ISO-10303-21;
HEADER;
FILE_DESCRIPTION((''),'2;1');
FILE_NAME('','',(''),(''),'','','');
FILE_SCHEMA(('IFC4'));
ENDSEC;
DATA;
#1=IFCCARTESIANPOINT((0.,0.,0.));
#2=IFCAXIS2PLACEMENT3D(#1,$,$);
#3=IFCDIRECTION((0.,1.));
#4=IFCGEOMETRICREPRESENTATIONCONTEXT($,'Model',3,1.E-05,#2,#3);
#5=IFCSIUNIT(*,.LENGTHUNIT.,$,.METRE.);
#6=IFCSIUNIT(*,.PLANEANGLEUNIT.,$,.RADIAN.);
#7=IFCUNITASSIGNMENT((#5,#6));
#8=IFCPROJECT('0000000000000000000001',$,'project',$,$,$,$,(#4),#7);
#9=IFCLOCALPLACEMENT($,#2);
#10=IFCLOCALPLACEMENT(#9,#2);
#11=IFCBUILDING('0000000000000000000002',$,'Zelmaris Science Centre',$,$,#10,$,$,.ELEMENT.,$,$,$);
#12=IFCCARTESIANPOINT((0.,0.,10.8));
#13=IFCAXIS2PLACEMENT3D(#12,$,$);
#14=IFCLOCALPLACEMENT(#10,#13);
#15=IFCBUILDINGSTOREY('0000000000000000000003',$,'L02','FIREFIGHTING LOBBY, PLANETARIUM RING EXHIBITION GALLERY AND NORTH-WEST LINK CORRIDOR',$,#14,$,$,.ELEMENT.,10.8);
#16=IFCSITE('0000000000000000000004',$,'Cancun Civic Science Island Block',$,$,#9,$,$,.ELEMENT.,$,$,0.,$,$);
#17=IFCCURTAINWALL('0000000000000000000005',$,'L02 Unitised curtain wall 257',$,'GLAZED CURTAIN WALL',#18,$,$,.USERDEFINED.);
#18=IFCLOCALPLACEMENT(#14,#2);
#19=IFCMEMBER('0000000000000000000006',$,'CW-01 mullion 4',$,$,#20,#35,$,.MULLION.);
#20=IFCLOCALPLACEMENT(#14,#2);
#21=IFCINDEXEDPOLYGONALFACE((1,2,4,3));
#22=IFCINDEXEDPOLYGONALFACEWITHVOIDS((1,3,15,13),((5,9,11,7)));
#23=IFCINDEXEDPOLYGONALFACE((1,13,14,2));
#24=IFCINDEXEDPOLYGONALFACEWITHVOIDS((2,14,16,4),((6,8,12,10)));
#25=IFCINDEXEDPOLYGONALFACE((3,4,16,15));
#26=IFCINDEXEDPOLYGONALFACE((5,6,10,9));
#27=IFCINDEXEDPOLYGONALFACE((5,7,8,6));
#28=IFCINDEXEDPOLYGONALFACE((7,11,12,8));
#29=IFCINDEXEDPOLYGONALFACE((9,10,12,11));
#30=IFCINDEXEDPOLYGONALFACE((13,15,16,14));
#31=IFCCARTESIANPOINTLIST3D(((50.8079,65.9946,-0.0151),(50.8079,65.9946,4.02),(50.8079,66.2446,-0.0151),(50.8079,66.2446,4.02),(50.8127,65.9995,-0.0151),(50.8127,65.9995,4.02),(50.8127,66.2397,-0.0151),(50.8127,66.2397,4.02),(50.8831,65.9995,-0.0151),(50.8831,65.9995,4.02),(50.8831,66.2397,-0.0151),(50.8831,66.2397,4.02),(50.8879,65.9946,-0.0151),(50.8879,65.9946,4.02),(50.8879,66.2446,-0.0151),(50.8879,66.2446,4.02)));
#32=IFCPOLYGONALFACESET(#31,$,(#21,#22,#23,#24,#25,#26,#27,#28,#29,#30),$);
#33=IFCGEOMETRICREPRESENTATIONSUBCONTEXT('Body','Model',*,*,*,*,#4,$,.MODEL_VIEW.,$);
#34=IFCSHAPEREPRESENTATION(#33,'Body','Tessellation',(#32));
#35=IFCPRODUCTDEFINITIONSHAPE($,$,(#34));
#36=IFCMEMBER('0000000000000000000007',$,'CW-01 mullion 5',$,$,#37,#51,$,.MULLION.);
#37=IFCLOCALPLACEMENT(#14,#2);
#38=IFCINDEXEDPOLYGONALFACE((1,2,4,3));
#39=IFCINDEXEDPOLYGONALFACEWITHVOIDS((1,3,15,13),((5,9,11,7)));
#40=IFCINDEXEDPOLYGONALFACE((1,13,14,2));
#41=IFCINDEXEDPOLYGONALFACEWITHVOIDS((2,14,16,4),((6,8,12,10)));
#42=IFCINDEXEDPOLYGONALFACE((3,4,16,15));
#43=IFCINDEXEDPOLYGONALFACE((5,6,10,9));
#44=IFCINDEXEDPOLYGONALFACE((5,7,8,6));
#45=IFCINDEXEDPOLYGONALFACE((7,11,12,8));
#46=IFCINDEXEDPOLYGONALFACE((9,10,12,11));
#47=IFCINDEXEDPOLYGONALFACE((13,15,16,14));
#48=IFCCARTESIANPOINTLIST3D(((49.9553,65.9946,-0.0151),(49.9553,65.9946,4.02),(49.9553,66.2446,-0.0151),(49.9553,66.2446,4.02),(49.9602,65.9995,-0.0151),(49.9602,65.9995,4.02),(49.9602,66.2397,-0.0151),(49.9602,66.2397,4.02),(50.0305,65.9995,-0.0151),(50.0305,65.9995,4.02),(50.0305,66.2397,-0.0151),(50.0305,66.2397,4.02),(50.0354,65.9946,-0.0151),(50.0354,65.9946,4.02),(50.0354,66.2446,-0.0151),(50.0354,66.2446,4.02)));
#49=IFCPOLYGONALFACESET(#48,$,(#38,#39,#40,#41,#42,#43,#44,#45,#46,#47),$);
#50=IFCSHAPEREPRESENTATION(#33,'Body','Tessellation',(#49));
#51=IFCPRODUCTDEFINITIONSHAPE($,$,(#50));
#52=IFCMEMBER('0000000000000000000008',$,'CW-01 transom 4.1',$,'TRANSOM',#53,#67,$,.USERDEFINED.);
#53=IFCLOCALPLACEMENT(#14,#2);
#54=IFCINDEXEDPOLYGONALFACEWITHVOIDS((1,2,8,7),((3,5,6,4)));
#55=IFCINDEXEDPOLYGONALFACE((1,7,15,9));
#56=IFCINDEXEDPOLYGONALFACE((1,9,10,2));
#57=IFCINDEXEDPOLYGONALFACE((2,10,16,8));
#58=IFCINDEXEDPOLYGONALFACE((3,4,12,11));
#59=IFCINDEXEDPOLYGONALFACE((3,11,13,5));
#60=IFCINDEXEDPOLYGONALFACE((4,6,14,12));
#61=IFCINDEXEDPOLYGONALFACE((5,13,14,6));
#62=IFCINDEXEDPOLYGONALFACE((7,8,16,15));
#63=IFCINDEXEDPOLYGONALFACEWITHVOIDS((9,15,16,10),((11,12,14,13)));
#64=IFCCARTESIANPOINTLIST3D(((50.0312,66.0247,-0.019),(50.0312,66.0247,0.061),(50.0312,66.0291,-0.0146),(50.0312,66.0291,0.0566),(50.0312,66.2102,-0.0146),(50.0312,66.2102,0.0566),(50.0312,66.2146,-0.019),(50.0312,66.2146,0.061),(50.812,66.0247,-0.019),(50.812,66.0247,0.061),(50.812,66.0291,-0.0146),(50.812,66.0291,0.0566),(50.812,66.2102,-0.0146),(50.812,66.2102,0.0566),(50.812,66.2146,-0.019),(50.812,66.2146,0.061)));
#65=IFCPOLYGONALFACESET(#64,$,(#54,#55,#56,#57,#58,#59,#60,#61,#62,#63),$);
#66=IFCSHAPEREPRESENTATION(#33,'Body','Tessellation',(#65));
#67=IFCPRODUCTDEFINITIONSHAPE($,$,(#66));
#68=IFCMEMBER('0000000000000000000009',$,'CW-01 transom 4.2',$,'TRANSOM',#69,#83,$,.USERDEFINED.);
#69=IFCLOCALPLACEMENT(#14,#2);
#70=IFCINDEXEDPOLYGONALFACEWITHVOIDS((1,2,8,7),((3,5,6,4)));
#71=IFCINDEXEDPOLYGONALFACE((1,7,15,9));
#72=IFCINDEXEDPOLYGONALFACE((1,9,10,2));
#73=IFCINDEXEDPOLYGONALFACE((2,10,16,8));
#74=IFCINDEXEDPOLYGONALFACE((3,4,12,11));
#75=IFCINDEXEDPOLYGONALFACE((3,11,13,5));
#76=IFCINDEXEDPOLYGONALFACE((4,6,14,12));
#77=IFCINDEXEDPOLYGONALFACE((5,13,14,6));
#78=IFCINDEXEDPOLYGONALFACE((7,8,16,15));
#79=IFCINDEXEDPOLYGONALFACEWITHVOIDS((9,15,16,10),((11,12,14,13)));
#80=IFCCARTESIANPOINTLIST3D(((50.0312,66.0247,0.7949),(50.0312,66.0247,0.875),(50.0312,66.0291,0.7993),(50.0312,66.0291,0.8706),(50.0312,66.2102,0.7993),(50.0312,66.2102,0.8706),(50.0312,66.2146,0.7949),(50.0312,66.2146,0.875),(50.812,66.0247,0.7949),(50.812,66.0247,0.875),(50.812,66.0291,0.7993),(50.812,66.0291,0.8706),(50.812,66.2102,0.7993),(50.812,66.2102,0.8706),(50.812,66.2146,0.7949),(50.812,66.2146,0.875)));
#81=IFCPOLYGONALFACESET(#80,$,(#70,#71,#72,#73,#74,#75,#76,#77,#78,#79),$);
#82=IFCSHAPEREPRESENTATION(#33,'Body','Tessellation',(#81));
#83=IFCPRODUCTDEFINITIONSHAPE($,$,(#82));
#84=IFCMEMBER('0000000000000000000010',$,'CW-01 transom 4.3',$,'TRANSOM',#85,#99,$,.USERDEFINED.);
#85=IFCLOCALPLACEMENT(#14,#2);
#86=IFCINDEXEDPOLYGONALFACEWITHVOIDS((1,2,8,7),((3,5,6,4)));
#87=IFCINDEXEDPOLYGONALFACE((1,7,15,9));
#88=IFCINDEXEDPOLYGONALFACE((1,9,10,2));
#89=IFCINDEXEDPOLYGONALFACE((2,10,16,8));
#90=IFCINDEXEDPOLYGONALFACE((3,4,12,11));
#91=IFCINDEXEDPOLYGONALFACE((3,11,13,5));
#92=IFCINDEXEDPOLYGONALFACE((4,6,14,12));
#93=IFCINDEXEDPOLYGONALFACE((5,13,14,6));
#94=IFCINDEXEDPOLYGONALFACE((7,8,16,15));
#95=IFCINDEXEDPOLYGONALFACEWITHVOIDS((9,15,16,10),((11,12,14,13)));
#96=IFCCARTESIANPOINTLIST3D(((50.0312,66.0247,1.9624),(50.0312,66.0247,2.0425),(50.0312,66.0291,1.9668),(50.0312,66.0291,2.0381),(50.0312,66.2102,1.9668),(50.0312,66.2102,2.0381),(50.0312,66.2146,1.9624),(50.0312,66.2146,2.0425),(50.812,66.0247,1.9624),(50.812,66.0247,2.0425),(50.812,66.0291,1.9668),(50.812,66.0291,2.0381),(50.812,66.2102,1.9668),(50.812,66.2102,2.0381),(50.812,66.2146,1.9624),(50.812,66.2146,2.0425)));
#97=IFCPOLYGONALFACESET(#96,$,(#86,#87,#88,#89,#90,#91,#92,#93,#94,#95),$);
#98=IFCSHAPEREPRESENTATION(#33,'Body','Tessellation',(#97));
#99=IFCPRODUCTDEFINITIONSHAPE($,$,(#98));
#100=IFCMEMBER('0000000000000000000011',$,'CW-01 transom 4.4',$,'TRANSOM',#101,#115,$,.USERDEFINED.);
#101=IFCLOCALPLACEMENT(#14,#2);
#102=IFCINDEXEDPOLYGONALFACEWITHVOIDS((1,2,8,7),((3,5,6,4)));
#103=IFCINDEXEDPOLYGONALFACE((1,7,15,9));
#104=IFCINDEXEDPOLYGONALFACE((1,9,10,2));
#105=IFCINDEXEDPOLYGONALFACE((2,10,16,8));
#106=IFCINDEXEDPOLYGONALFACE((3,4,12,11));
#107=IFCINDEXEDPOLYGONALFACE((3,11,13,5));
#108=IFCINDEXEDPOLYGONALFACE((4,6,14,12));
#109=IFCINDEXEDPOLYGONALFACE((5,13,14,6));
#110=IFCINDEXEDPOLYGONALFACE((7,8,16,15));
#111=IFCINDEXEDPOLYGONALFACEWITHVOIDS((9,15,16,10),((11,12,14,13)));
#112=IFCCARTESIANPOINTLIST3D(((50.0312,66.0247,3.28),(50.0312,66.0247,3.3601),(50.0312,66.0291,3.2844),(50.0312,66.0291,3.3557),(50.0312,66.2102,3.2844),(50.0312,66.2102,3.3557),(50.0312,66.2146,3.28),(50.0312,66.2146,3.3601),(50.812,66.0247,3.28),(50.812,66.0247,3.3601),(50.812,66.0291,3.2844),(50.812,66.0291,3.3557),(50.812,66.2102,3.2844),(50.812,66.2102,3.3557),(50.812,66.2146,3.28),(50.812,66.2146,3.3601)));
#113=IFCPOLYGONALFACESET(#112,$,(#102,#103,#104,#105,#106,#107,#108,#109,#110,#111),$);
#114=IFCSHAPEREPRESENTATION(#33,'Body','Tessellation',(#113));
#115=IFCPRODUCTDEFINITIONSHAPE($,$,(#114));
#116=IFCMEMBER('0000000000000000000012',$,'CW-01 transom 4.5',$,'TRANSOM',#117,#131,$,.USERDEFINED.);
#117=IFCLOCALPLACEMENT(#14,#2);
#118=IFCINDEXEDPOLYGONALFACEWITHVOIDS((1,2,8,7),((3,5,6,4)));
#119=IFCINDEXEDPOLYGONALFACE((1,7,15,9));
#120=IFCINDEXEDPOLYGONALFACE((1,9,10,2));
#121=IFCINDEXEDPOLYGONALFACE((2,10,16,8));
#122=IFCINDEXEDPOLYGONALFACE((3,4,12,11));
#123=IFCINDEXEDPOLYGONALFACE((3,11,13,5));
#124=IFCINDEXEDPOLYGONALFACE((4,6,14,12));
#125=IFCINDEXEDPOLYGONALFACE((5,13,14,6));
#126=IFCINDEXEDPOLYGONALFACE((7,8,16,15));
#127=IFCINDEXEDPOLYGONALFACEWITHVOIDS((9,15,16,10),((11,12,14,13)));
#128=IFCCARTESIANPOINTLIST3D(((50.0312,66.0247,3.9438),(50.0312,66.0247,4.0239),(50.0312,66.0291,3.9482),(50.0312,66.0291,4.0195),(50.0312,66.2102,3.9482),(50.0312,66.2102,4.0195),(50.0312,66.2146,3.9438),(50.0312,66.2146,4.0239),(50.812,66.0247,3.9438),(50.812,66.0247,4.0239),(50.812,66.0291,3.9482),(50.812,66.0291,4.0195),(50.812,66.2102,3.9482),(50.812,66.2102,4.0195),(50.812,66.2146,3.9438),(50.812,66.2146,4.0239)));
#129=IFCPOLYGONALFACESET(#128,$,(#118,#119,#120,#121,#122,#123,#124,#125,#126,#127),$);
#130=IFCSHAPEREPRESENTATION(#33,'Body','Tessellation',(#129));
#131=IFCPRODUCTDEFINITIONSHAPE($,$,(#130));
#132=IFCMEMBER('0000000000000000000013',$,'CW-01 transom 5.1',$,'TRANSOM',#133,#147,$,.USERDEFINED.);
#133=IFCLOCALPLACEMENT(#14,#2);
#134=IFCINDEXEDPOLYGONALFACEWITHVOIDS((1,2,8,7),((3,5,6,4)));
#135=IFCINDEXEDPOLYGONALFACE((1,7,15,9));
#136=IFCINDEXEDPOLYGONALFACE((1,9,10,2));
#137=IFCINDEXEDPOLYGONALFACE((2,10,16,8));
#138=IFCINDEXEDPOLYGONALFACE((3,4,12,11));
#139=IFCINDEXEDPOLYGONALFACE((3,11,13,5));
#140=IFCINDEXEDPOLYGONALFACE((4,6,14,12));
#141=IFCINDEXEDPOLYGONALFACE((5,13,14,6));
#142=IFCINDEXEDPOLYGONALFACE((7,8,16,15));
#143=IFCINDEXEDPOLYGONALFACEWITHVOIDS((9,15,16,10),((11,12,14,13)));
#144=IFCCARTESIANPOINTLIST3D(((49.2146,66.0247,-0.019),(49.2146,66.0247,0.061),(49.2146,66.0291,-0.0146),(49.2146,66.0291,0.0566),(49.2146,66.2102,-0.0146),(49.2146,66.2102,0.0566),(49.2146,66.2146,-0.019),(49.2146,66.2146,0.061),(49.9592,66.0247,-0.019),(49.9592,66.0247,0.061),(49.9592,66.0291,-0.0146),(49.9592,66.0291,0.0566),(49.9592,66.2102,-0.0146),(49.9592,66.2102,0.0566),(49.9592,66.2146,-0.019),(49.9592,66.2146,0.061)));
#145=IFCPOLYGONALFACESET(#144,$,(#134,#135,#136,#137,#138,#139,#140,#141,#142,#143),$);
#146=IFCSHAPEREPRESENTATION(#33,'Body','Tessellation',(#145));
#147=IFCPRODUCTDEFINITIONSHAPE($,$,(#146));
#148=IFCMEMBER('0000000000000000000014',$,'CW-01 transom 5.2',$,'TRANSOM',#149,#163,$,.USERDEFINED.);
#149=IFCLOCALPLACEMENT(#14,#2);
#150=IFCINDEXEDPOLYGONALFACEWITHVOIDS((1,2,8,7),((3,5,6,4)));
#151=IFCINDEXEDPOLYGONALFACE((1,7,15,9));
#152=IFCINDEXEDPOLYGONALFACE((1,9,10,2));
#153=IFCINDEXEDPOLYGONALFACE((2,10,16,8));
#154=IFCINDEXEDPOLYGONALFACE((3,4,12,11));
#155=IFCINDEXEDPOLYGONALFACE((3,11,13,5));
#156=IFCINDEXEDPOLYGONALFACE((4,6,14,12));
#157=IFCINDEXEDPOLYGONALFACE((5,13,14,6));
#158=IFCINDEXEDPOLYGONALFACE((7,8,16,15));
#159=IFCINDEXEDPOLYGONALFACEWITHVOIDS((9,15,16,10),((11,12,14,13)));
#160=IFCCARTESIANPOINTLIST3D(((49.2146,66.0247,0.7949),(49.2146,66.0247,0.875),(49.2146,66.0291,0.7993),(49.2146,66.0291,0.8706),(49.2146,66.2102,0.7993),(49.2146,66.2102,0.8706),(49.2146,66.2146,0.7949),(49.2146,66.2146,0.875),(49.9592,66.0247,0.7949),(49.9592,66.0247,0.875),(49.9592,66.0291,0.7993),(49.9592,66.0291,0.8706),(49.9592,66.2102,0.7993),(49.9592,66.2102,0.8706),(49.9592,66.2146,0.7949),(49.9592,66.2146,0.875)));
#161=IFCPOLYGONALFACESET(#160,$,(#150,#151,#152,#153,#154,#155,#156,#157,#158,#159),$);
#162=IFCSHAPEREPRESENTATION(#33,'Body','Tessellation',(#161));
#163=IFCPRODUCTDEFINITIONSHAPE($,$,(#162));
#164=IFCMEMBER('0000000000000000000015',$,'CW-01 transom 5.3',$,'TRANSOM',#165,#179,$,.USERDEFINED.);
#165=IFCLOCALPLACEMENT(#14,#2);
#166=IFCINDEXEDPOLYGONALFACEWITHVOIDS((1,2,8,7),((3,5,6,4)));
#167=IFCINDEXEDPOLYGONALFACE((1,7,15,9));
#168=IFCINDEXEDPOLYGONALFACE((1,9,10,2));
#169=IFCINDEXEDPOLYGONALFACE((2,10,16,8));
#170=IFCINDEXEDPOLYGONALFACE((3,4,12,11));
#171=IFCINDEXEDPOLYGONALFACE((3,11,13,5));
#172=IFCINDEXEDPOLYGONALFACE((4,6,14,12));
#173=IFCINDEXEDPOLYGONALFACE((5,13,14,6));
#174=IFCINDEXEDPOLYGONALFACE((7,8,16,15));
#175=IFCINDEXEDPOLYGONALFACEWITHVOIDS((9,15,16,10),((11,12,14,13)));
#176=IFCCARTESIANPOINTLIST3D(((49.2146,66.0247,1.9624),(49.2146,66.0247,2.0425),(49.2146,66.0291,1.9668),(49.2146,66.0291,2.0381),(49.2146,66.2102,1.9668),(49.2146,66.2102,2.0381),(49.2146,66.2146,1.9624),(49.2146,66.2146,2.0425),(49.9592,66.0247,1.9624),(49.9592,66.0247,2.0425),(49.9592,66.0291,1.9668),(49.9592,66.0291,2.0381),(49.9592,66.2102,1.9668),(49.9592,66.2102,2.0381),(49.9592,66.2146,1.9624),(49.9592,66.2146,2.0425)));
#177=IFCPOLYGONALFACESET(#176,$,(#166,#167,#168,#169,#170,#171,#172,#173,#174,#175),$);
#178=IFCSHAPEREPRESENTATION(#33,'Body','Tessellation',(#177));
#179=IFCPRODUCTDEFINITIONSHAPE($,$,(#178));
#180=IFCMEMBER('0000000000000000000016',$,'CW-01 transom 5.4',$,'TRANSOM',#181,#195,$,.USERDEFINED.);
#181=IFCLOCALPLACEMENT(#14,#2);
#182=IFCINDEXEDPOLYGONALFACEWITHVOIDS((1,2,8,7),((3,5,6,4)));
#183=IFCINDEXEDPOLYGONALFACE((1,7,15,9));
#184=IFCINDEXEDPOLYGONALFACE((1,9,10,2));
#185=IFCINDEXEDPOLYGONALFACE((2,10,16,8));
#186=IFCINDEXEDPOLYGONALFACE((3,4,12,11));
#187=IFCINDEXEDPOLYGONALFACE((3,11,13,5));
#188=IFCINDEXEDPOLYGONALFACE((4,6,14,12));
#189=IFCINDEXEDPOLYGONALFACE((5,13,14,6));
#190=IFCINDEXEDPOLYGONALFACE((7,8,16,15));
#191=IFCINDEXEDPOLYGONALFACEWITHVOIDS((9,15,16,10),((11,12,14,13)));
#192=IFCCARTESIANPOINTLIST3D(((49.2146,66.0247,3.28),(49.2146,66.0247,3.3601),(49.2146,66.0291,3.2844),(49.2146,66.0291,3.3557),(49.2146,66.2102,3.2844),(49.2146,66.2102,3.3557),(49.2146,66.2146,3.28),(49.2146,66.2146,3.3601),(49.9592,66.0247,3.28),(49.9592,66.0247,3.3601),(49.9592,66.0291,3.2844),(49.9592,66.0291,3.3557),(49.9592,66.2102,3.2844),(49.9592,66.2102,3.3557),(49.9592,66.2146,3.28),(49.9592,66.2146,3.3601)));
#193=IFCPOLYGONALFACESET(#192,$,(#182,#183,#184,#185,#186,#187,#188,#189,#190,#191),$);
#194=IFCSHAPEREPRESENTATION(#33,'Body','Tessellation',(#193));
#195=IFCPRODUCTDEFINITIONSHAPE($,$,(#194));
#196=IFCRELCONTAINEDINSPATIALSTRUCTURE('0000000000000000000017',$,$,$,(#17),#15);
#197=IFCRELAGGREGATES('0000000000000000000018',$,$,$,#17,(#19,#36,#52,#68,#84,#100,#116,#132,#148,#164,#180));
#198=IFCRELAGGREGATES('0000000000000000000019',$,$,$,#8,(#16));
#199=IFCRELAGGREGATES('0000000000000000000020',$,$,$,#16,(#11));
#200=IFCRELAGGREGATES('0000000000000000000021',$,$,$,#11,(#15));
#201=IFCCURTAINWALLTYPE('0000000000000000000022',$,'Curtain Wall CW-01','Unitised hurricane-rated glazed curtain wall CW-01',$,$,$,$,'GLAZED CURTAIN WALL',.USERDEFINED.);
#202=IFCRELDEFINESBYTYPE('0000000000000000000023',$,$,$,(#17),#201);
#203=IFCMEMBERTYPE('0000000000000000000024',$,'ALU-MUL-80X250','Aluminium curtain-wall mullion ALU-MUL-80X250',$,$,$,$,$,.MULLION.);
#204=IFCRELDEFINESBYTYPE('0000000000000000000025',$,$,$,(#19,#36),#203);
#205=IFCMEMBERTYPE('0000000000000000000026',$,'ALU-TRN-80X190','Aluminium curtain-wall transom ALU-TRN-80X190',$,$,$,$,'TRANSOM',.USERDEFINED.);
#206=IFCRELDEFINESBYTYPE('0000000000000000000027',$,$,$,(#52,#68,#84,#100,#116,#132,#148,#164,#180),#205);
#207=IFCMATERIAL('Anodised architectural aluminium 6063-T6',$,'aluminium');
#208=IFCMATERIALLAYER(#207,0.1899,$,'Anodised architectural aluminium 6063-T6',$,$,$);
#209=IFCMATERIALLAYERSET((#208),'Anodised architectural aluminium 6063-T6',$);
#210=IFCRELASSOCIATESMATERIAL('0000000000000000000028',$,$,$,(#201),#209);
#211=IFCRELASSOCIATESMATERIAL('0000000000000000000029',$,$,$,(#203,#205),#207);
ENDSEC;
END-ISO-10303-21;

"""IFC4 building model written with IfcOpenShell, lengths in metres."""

from ifc_helpers import new_model, si_unit, direction, frame, origin, origin_2d, place, context, subcontext, project, spatial, hollow_rectangle, extrude, material, layer, layer_set, material_profile, profile_set, type_object, element, aggregate, save


model = new_model("IFC4")

# Units and contexts
model_context = context("Model", 3, precision=1e-05, world=origin(), true_north=direction((0.0, 1.0)))
body_context = subcontext(model_context, "Body", "Model", "MODEL_VIEW")
ifc_project = project(units=[si_unit("LENGTHUNIT", "METRE"), si_unit("PLANEANGLEUNIT", "RADIAN")], contexts=[model_context])

# Site, building, storey
site_placement = place(None, origin())
site = spatial("IfcSite", under=ifc_project, at=site_placement, Name="Cancun Civic Science Island Block", CompositionType="ELEMENT", RefElevation=0.0)
building_placement = place(site_placement, origin())
building = spatial("IfcBuilding", under=site, at=building_placement, Name="Zelmaris Science Centre", CompositionType="ELEMENT")
storey_placement = place(building_placement, frame((0.0, 0.0, 10.8)))
storey = spatial("IfcBuildingStorey", under=building, at=storey_placement, Name="L02", Description="FIREFIGHTING LOBBY, PLANETARIUM RING EXHIBITION GALLERY AND NORTH-WEST LINK CORRIDOR", CompositionType="ELEMENT", Elevation=10.8)

# Curtain wall, members
ifc_material_1 = material(Name="Anodised architectural aluminium 6063-T6", Category="aluminium")
ifc_layer_1 = layer(ifc_material_1, 0.1899, Name="Anodised architectural aluminium 6063-T6")
ifc_layer_set_1 = layer_set([ifc_layer_1], Name="Anodised architectural aluminium 6063-T6")
curtain_wall_type = type_object("IfcCurtainWallType", Name="Curtain Wall CW-01", Description="Unitised hurricane-rated glazed curtain wall CW-01", ElementType="GLAZED CURTAIN WALL", PredefinedType="USERDEFINED", material=ifc_layer_set_1)
curtain_wall_placement = place(storey_placement, origin())
curtain_wall = element("IfcCurtainWall", 1, at=curtain_wall_placement, inside=storey, type_object=curtain_wall_type, Name="L02 Unitised curtain wall 257", ObjectType="GLAZED CURTAIN WALL", PredefinedType="USERDEFINED")
ifc_material_profile_1 = material_profile(ifc_material_1, hollow_rectangle(XDim=0.0801, YDim=0.25, WallThickness=0.0049, at=origin_2d()), Name="ALU-MUL-80X250")
ifc_profile_set_1 = profile_set([ifc_material_profile_1], Name="Anodised architectural aluminium 6063-T6")
member_type_1 = type_object("IfcMemberType", Name="ALU-MUL-80X250", Description="Aluminium curtain-wall mullion ALU-MUL-80X250", PredefinedType="MULLION", material=ifc_profile_set_1)
member_1_placement = place(storey_placement, frame((50.8479, 66.1196, -0.0151), z_axis=(0.0, 0.0, 1.0), x_axis=(-1.0, 0.0, 0.0)))
member_1 = element("IfcMember", 2, at=member_1_placement, type_object=member_type_1, Name="CW-01 mullion 4", PredefinedType="MULLION", context=body_context, shape_type="SweptSolid", body=[
    extrude(hollow_rectangle(XDim=0.0801, YDim=0.25, WallThickness=0.0049, at=origin_2d()), origin(), (0.0, 0.0, 1.0), 4.0352),
])
member_2_placement = place(storey_placement, frame((49.9954, 66.1196, -0.0151), z_axis=(0.0, 0.0, 1.0), x_axis=(-1.0, 0.0, 0.0)))
member_2 = element("IfcMember", 3, at=member_2_placement, type_object=member_type_1, Name="CW-01 mullion 5", PredefinedType="MULLION", context=body_context, shape_type="SweptSolid", body=[
    extrude(hollow_rectangle(XDim=0.0801, YDim=0.25, WallThickness=0.0049, at=origin_2d()), origin(), (0.0, 0.0, 1.0), 4.0352),
])
ifc_material_profile_2 = material_profile(ifc_material_1, hollow_rectangle(XDim=0.0801, YDim=0.1899, WallThickness=0.0044, at=origin_2d()), Name="ALU-TRN-80X190")
ifc_profile_set_2 = profile_set([ifc_material_profile_2], Name="Anodised architectural aluminium 6063-T6")
member_type_2 = type_object("IfcMemberType", Name="ALU-TRN-80X190", Description="Aluminium curtain-wall transom ALU-TRN-80X190", ElementType="TRANSOM", PredefinedType="USERDEFINED", material=ifc_profile_set_2)
member_3_placement = place(storey_placement, frame((50.812, 66.1196, 0.021), z_axis=(-1.0, 0.0, 0.0), x_axis=(0.0, 0.0, 1.0)))
member_3 = element("IfcMember", 4, at=member_3_placement, type_object=member_type_2, Name="CW-01 transom 4.1", ObjectType="TRANSOM", PredefinedType="USERDEFINED", context=body_context, shape_type="SweptSolid", body=[
    extrude(hollow_rectangle(XDim=0.0801, YDim=0.1899, WallThickness=0.0044, at=origin_2d()), origin(), (0.0, 0.0, 1.0), 0.7808),
])
member_4_placement = place(storey_placement, frame((50.812, 66.1196, 0.835), z_axis=(-1.0, 0.0, 0.0), x_axis=(0.0, 0.0, 1.0)))
member_4 = element("IfcMember", 5, at=member_4_placement, type_object=member_type_2, Name="CW-01 transom 4.2", ObjectType="TRANSOM", PredefinedType="USERDEFINED", context=body_context, shape_type="SweptSolid", body=[
    extrude(hollow_rectangle(XDim=0.0801, YDim=0.1899, WallThickness=0.0044, at=origin_2d()), origin(), (0.0, 0.0, 1.0), 0.7808),
])
member_5_placement = place(storey_placement, frame((50.812, 66.1196, 2.0024), z_axis=(-1.0, 0.0, 0.0), x_axis=(0.0, 0.0, 1.0)))
member_5 = element("IfcMember", 6, at=member_5_placement, type_object=member_type_2, Name="CW-01 transom 4.3", ObjectType="TRANSOM", PredefinedType="USERDEFINED", context=body_context, shape_type="SweptSolid", body=[
    extrude(hollow_rectangle(XDim=0.0801, YDim=0.1899, WallThickness=0.0044, at=origin_2d()), origin(), (0.0, 0.0, 1.0), 0.7808),
])
member_6_placement = place(storey_placement, frame((50.812, 66.1196, 3.3201), z_axis=(-1.0, 0.0, 0.0), x_axis=(0.0, 0.0, 1.0)))
member_6 = element("IfcMember", 7, at=member_6_placement, type_object=member_type_2, Name="CW-01 transom 4.4", ObjectType="TRANSOM", PredefinedType="USERDEFINED", context=body_context, shape_type="SweptSolid", body=[
    extrude(hollow_rectangle(XDim=0.0801, YDim=0.1899, WallThickness=0.0044, at=origin_2d()), origin(), (0.0, 0.0, 1.0), 0.7808),
])
member_7_placement = place(storey_placement, frame((50.812, 66.1196, 3.9839), z_axis=(-1.0, 0.0, 0.0), x_axis=(0.0, 0.0, 1.0)))
member_7 = element("IfcMember", 8, at=member_7_placement, type_object=member_type_2, Name="CW-01 transom 4.5", ObjectType="TRANSOM", PredefinedType="USERDEFINED", context=body_context, shape_type="SweptSolid", body=[
    extrude(hollow_rectangle(XDim=0.0801, YDim=0.1899, WallThickness=0.0044, at=origin_2d()), origin(), (0.0, 0.0, 1.0), 0.7808),
])
member_8_placement = place(storey_placement, frame((49.9592, 66.1196, 0.021), z_axis=(-1.0, 0.0, 0.0), x_axis=(0.0, 0.0, 1.0)))
member_8 = element("IfcMember", 9, at=member_8_placement, type_object=member_type_2, Name="CW-01 transom 5.1", ObjectType="TRANSOM", PredefinedType="USERDEFINED", context=body_context, shape_type="SweptSolid", body=[
    extrude(hollow_rectangle(XDim=0.0801, YDim=0.1899, WallThickness=0.0044, at=origin_2d()), origin(), (0.0, 0.0, 1.0), 0.7446),
])
member_9_placement = place(storey_placement, frame((49.9592, 66.1196, 0.835), z_axis=(-1.0, 0.0, 0.0), x_axis=(0.0, 0.0, 1.0)))
member_9 = element("IfcMember", 10, at=member_9_placement, type_object=member_type_2, Name="CW-01 transom 5.2", ObjectType="TRANSOM", PredefinedType="USERDEFINED", context=body_context, shape_type="SweptSolid", body=[
    extrude(hollow_rectangle(XDim=0.0801, YDim=0.1899, WallThickness=0.0044, at=origin_2d()), origin(), (0.0, 0.0, 1.0), 0.7446),
])
member_10_placement = place(storey_placement, frame((49.9592, 66.1196, 2.0024), z_axis=(-1.0, 0.0, 0.0), x_axis=(0.0, 0.0, 1.0)))
member_10 = element("IfcMember", 11, at=member_10_placement, type_object=member_type_2, Name="CW-01 transom 5.3", ObjectType="TRANSOM", PredefinedType="USERDEFINED", context=body_context, shape_type="SweptSolid", body=[
    extrude(hollow_rectangle(XDim=0.0801, YDim=0.1899, WallThickness=0.0044, at=origin_2d()), origin(), (0.0, 0.0, 1.0), 0.7446),
])
member_11_placement = place(storey_placement, frame((49.9592, 66.1196, 3.3201), z_axis=(-1.0, 0.0, 0.0), x_axis=(0.0, 0.0, 1.0)))
member_11 = element("IfcMember", 12, at=member_11_placement, type_object=member_type_2, Name="CW-01 transom 5.4", ObjectType="TRANSOM", PredefinedType="USERDEFINED", context=body_context, shape_type="SweptSolid", body=[
    extrude(hollow_rectangle(XDim=0.0801, YDim=0.1899, WallThickness=0.0044, at=origin_2d()), origin(), (0.0, 0.0, 1.0), 0.7446),
])
aggregate(curtain_wall, [member_1, member_2, member_3, member_4, member_5, member_6, member_7, member_8, member_9, member_10, member_11])

save(model, "model.ifc")
